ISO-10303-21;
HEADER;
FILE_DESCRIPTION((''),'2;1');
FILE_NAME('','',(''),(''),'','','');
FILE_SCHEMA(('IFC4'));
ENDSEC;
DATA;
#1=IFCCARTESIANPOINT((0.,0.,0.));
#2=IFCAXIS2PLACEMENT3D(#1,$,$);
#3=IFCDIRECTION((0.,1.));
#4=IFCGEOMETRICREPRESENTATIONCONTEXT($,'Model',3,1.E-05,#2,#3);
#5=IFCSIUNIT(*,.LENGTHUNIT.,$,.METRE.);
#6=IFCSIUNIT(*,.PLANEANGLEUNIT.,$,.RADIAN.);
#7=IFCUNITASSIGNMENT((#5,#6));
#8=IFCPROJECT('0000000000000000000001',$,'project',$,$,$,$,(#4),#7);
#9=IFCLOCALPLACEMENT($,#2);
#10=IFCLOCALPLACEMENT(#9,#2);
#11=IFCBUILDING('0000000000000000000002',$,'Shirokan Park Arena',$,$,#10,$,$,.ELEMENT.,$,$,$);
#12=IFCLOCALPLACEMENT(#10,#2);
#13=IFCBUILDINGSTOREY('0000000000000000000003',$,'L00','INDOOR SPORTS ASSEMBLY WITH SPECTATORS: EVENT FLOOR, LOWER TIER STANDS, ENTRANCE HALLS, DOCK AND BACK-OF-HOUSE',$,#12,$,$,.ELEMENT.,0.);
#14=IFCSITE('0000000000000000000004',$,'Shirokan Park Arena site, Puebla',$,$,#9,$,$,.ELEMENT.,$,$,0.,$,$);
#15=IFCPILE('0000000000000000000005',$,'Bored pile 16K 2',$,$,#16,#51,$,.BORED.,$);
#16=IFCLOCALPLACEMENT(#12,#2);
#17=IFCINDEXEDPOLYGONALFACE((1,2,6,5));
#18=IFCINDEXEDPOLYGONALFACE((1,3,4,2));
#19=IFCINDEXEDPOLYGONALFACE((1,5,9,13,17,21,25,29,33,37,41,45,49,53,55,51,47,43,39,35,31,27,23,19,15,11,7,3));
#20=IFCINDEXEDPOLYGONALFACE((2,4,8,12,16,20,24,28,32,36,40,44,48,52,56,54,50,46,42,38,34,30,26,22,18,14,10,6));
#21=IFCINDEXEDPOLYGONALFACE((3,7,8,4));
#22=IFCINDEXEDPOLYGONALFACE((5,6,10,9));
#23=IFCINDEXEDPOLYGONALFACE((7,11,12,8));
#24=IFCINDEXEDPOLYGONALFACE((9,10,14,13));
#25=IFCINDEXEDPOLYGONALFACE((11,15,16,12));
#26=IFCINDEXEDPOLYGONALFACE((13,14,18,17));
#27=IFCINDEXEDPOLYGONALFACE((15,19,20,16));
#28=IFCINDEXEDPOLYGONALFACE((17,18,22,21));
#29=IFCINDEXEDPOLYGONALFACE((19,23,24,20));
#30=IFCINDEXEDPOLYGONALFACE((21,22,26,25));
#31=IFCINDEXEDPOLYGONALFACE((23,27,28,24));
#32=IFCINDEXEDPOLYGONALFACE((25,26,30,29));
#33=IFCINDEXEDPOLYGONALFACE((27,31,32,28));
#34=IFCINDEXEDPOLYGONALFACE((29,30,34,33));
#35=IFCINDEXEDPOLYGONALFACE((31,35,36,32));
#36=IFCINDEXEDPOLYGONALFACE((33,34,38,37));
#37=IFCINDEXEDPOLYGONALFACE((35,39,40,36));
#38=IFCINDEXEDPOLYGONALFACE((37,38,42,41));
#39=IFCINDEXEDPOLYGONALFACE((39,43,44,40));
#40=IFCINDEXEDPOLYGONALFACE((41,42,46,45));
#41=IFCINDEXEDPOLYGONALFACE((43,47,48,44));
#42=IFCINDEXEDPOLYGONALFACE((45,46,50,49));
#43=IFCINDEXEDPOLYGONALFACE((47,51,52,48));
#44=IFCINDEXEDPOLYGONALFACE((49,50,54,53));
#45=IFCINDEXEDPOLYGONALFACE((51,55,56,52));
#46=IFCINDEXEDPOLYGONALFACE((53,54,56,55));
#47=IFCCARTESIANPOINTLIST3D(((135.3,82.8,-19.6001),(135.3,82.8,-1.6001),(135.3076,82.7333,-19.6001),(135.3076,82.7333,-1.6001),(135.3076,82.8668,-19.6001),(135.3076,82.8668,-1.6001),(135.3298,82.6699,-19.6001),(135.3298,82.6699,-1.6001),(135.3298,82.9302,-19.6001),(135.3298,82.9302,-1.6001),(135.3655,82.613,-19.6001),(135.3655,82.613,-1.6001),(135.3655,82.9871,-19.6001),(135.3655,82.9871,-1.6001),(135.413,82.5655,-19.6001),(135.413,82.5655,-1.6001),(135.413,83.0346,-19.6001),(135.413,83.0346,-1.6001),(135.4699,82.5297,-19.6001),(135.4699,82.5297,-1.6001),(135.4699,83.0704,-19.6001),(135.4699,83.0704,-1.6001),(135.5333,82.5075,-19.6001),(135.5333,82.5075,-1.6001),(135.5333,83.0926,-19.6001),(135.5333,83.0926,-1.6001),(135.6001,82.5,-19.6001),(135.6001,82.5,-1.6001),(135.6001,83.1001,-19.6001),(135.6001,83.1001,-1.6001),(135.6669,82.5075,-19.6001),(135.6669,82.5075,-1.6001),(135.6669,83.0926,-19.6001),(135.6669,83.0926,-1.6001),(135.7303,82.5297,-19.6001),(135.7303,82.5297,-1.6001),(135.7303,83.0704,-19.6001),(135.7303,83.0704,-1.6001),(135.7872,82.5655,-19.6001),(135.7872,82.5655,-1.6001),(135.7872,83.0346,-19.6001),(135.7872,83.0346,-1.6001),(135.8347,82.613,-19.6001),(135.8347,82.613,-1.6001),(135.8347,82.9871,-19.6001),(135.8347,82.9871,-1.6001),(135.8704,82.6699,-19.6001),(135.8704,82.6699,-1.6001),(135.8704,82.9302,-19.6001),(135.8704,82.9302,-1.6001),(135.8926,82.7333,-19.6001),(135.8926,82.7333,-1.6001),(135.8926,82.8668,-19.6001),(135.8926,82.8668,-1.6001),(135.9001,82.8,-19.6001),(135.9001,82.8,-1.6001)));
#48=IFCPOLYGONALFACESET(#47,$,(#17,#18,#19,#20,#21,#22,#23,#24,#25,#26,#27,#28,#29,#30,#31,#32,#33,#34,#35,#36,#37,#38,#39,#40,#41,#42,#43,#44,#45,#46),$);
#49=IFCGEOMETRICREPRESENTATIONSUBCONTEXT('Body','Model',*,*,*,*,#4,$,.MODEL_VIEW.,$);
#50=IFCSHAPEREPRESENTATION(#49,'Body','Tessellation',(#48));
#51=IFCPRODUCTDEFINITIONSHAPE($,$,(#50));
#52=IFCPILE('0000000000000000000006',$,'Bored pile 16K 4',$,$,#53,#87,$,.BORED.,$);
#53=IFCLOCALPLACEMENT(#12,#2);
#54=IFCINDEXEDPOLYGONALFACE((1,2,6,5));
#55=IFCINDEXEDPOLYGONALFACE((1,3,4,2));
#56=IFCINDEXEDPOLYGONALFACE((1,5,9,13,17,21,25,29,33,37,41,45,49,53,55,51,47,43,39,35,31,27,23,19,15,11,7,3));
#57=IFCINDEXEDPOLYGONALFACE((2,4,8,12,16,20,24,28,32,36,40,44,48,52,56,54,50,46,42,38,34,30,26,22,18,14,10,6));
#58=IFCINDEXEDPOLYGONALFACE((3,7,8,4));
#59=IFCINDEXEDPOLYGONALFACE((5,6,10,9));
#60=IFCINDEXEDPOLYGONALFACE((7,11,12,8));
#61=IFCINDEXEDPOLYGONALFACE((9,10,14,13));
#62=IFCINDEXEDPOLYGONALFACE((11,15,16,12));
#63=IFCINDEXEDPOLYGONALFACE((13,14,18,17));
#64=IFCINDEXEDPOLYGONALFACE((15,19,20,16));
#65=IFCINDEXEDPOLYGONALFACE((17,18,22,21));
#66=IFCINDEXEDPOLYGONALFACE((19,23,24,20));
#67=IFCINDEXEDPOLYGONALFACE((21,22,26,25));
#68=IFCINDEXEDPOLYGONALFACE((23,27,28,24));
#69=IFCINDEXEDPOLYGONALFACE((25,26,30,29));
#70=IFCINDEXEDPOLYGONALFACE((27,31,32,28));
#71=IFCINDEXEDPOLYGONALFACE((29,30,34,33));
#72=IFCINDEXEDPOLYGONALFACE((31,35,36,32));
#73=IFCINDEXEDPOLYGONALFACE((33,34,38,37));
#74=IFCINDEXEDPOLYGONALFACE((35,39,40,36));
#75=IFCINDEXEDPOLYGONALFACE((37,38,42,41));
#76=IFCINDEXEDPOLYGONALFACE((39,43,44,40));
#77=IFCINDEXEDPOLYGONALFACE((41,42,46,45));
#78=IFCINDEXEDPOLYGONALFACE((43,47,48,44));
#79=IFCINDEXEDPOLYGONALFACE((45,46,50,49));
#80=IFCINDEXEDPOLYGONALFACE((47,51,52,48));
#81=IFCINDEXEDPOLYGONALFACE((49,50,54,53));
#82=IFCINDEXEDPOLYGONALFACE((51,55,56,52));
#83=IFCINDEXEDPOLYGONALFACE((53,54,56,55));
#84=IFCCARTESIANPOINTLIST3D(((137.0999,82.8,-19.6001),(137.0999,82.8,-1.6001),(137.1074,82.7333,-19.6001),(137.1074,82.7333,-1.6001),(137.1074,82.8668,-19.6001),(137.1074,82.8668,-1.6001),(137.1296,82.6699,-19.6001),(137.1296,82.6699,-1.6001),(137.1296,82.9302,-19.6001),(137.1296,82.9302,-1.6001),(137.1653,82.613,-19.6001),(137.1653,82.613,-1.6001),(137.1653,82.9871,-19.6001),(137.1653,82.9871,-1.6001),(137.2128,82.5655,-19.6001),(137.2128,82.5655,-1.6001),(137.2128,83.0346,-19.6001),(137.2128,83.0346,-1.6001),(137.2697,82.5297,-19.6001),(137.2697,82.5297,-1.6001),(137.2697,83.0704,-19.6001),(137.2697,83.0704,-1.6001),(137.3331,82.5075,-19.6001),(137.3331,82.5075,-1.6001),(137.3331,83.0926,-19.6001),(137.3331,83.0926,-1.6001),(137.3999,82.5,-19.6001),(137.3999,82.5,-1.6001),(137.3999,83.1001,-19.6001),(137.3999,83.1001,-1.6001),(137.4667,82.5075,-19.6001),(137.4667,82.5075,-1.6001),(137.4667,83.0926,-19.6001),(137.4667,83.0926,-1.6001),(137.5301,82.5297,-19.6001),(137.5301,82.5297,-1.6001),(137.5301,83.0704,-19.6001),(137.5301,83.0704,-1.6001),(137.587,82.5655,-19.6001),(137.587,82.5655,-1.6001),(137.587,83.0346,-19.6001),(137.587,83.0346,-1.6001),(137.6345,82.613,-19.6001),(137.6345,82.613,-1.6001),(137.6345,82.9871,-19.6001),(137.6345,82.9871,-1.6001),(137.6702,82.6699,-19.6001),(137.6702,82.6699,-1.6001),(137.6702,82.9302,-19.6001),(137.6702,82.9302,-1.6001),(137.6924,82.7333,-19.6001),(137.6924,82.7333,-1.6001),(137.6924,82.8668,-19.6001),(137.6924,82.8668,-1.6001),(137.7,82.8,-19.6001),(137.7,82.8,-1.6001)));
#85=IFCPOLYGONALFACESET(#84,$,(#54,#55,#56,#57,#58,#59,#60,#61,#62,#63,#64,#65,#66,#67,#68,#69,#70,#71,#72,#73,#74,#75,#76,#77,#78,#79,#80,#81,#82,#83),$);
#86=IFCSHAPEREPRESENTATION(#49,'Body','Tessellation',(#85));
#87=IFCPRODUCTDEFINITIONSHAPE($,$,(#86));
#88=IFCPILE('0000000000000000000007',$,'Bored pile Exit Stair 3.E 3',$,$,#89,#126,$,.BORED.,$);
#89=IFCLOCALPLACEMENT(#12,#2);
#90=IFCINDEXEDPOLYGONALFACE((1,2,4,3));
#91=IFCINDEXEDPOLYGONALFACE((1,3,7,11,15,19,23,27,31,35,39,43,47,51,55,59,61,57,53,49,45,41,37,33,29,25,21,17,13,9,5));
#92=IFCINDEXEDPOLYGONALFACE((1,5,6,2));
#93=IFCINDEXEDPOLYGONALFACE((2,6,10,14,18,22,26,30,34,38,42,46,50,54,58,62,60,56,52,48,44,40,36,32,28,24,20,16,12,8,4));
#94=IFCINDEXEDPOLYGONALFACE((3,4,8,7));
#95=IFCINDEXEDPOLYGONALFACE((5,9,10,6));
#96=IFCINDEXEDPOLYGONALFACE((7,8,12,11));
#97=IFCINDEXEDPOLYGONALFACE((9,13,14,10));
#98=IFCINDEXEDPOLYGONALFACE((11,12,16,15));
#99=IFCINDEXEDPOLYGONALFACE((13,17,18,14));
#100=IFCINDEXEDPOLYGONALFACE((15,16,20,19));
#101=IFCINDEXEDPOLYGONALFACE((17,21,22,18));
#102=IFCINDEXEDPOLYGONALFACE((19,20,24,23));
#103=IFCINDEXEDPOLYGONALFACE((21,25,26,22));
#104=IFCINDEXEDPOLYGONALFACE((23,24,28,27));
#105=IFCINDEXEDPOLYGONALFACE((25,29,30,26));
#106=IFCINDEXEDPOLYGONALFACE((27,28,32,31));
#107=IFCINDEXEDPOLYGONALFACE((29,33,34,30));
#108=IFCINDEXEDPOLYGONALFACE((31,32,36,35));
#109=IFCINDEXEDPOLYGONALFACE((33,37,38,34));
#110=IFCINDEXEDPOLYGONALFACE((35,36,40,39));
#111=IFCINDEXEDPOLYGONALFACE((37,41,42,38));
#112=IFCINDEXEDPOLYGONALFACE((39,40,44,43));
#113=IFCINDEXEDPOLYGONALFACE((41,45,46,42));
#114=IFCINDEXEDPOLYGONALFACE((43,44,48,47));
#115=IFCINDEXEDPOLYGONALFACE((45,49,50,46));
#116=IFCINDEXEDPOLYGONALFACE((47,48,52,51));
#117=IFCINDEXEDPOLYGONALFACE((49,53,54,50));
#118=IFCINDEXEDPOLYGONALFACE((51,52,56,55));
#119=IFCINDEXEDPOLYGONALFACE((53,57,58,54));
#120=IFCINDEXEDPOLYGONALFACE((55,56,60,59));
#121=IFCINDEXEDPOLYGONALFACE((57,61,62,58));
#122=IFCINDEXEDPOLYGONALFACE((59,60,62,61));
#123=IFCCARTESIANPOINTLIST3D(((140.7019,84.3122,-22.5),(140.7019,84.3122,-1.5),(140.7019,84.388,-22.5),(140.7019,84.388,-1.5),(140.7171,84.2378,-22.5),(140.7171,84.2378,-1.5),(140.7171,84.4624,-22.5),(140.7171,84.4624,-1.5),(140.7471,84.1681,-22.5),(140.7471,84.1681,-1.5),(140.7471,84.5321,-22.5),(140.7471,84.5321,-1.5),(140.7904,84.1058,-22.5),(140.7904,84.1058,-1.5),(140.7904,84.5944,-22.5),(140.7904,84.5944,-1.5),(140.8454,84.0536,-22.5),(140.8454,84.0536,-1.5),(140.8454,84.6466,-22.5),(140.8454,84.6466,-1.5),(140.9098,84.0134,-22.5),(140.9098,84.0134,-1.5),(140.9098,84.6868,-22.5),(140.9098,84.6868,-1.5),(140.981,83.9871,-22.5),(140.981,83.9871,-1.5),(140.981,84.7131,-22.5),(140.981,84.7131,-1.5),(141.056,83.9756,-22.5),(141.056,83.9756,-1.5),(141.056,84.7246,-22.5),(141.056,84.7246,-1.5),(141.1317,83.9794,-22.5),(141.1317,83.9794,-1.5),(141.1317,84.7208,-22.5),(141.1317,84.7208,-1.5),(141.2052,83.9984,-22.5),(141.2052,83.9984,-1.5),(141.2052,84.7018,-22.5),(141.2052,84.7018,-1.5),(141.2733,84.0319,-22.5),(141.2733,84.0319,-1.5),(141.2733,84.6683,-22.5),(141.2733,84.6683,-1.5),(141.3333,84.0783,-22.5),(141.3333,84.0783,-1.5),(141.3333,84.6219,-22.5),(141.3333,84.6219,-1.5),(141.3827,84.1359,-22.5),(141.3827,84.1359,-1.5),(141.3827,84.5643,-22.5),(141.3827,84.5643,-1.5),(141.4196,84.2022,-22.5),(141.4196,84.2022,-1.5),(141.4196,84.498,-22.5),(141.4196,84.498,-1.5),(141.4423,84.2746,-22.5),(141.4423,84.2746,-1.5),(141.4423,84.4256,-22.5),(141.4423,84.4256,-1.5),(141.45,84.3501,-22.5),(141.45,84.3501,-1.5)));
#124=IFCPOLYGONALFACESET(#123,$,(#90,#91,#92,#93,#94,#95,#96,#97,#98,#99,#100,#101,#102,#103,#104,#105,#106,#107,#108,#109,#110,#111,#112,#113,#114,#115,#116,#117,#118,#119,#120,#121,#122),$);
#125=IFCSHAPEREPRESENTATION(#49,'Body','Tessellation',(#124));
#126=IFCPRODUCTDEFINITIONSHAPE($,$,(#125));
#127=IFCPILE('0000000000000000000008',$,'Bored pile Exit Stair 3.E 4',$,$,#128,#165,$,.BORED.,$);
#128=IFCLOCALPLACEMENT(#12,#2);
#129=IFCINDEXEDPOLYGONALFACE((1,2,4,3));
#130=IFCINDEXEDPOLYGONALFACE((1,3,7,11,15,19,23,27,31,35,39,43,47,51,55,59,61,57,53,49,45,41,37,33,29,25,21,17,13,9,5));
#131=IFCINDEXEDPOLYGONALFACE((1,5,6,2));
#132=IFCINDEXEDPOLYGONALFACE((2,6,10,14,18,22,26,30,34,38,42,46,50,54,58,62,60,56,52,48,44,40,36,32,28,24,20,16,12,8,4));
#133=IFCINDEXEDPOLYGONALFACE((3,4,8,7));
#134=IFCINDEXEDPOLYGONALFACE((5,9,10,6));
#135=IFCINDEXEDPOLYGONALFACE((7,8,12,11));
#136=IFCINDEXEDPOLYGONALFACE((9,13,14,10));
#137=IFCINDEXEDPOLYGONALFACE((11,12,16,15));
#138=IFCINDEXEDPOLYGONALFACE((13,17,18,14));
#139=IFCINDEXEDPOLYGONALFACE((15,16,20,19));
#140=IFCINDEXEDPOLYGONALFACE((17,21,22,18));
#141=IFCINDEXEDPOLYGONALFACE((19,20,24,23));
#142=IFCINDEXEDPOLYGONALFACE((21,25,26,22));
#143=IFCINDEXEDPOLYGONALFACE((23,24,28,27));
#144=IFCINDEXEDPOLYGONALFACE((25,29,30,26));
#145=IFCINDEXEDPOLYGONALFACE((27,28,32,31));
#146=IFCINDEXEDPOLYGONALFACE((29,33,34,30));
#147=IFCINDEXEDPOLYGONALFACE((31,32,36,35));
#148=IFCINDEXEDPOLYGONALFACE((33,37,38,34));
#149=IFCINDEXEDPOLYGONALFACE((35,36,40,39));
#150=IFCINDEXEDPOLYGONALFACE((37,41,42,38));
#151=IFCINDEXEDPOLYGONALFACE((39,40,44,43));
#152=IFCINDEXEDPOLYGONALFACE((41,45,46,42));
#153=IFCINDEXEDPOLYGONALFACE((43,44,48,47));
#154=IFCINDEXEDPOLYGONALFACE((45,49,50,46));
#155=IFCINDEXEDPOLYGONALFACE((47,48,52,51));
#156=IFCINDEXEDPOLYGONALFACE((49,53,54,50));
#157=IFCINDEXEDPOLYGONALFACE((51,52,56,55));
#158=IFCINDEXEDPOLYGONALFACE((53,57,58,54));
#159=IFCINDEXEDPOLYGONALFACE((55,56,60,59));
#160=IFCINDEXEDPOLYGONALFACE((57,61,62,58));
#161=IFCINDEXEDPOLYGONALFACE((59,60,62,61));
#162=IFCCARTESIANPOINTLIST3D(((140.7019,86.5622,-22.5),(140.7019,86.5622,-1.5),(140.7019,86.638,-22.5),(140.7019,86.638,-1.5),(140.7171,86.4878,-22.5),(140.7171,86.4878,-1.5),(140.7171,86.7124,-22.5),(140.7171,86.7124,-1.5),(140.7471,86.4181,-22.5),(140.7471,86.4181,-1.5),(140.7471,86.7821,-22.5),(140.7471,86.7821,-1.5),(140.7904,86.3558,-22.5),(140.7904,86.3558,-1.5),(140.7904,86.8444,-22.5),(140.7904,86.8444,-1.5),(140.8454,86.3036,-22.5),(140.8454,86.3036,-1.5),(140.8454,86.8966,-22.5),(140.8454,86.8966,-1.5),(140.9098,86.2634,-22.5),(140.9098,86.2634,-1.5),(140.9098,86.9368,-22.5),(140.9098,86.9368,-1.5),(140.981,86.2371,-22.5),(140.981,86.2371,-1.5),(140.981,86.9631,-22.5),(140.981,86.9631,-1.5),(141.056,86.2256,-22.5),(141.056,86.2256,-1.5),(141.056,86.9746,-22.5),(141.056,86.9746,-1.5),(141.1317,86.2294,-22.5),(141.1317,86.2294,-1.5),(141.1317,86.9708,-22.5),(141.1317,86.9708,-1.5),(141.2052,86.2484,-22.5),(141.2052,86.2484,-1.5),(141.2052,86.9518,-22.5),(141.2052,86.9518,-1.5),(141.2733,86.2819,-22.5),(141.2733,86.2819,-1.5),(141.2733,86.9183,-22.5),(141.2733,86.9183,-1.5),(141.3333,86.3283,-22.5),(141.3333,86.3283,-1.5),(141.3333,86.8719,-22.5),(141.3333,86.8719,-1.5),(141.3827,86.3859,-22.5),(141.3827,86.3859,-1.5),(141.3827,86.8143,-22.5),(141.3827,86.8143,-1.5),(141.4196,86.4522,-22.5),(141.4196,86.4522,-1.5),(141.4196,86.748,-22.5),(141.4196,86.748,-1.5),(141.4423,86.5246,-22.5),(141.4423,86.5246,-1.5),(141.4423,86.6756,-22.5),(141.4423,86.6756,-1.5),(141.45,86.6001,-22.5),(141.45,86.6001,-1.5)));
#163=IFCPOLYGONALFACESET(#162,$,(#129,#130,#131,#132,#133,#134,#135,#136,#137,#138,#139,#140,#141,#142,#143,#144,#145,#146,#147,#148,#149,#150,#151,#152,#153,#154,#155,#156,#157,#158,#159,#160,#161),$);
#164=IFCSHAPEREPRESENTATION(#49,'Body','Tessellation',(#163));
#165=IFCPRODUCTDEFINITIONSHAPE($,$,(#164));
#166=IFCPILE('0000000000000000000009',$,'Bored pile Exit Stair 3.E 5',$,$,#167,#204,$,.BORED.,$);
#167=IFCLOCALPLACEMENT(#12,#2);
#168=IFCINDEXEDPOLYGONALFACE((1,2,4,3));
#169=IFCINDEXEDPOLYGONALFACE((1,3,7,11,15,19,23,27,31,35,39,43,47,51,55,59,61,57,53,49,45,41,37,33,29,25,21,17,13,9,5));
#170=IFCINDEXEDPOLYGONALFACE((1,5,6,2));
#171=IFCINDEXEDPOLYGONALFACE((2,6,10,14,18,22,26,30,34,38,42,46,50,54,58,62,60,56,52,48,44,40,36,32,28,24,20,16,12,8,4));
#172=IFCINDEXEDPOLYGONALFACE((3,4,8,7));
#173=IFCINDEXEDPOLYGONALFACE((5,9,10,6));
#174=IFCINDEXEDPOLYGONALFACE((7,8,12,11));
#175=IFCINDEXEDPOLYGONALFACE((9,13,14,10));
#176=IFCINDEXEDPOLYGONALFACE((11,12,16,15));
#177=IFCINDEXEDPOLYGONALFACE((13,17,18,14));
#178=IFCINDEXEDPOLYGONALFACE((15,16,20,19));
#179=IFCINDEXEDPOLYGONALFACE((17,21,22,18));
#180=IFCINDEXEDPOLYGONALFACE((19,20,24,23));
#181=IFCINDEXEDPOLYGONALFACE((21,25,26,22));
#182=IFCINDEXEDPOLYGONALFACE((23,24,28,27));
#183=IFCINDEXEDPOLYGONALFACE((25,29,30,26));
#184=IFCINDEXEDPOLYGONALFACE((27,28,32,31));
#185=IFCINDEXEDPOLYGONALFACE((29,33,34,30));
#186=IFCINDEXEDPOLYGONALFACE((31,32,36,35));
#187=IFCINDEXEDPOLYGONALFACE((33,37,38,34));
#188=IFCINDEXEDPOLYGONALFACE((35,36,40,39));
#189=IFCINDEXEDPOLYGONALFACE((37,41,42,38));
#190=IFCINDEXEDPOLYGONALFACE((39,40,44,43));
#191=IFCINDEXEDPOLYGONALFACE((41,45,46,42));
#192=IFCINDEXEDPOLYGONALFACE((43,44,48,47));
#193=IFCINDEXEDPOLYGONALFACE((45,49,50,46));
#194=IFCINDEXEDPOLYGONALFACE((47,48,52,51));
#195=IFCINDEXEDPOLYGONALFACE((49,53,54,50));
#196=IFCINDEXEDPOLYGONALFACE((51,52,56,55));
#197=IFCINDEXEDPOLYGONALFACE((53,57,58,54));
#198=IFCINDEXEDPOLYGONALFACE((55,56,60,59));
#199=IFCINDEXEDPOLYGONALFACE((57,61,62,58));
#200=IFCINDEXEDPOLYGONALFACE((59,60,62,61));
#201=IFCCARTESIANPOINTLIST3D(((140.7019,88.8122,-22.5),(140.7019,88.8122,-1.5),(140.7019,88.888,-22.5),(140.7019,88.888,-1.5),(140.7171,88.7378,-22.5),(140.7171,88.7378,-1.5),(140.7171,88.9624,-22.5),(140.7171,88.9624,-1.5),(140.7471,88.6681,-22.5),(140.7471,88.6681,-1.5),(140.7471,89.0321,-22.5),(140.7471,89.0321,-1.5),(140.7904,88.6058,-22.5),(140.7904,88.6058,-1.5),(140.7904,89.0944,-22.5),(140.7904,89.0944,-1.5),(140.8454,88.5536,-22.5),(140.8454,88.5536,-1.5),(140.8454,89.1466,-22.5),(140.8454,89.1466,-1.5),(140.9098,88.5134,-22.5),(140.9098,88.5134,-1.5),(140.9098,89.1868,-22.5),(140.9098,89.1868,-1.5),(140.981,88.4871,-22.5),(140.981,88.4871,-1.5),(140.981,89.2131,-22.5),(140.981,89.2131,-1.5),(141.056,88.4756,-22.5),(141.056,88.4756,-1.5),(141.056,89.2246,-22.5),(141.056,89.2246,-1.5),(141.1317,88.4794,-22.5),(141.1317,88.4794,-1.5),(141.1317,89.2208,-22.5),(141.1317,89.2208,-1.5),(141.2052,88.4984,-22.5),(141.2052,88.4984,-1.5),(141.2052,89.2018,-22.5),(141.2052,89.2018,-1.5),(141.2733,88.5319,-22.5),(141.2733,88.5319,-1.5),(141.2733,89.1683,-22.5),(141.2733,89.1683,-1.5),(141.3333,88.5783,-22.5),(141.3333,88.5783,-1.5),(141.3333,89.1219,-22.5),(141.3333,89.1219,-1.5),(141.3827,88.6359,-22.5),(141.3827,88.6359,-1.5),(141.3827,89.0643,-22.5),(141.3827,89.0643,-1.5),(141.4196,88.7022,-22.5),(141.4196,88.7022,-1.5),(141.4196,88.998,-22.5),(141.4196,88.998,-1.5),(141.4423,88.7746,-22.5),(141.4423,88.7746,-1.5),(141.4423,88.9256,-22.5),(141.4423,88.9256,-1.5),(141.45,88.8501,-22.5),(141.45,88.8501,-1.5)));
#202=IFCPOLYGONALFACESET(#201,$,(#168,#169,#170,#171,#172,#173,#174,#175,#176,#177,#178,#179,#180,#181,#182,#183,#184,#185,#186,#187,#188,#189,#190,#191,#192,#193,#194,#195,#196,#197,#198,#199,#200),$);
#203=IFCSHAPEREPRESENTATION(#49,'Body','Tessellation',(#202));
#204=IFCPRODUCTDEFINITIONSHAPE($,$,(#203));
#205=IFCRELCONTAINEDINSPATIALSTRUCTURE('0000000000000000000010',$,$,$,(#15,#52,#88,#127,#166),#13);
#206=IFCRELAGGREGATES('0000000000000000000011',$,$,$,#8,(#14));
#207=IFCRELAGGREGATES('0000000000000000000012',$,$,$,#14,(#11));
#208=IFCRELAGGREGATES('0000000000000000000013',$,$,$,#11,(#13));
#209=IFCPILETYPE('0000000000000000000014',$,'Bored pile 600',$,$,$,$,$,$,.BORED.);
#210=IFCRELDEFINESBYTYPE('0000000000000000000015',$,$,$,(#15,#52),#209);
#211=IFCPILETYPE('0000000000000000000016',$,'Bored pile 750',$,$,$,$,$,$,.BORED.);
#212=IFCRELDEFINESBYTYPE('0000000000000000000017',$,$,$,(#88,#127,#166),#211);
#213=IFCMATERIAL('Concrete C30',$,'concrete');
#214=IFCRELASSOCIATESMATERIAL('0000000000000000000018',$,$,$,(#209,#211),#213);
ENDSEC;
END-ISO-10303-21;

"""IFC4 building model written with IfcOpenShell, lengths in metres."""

from ifc_helpers import new_model, si_unit, direction, frame, origin, origin_2d, place, context, subcontext, project, spatial, circle, extrude, material, material_profile, profile_set, type_object, element, save


model = new_model("IFC4")

# Units and contexts
model_context = context("Model", 3, precision=1e-05, world=origin(), true_north=direction((0.0, 1.0)))
body_context = subcontext(model_context, "Body", "Model", "MODEL_VIEW")
ifc_project = project(units=[si_unit("LENGTHUNIT", "METRE"), si_unit("PLANEANGLEUNIT", "RADIAN")], contexts=[model_context])

# Site, building, storey
site_placement = place(None, origin())
site = spatial("IfcSite", under=ifc_project, at=site_placement, Name="Shirokan Park Arena site, Puebla", CompositionType="ELEMENT", RefElevation=0.0)
building_placement = place(site_placement, origin())
building = spatial("IfcBuilding", under=site, at=building_placement, Name="Shirokan Park Arena", CompositionType="ELEMENT")
storey_placement = place(building_placement, origin())
storey = spatial("IfcBuildingStorey", under=building, at=storey_placement, Name="L00", Description="INDOOR SPORTS ASSEMBLY WITH SPECTATORS: EVENT FLOOR, LOWER TIER STANDS, ENTRANCE HALLS, DOCK AND BACK-OF-HOUSE", CompositionType="ELEMENT", Elevation=0.0)

# Piles
ifc_material_1 = material(Name="Concrete C30", Category="concrete")
ifc_material_profile_1 = material_profile(ifc_material_1, circle(Radius=0.3, at=origin_2d()), Name="D600")
ifc_profile_set_1 = profile_set([ifc_material_profile_1], Name="Concrete C30")
pile_type_1 = type_object("IfcPileType", Name="Bored pile 600", PredefinedType="BORED", material=ifc_profile_set_1)
for number, where, z_axis, x_axis, name in (
    (1, (135.6001, 82.8, -1.6001), (0.0, 0.0, -1.0), (1.0, 0.0, 0.0), "Bored pile 16K 2"),
    (2, (137.3999, 82.8, -1.6001), (0.0, 0.0, -1.0), (1.0, 0.0, 0.0), "Bored pile 16K 4"),
):
    element("IfcPile", number, at=place(storey_placement, frame(where, z_axis=z_axis, x_axis=x_axis)), inside=storey, type_object=pile_type_1, Name=name, PredefinedType="BORED", context=body_context, shape_type="SweptSolid", body=[
        extrude(circle(Radius=0.3, at=origin_2d()), origin(), (0.0, 0.0, 1.0), 18.0),
    ])
ifc_material_profile_2 = material_profile(ifc_material_1, circle(Radius=0.375, at=origin_2d()), Name="D750")
ifc_profile_set_2 = profile_set([ifc_material_profile_2], Name="Concrete C30")
pile_type_2 = type_object("IfcPileType", Name="Bored pile 750", PredefinedType="BORED", material=ifc_profile_set_2)
for number, where, z_axis, x_axis, name in (
    (3, (141.075, 84.3501, -1.5), (0.0, 0.0, -1.0), (1.0, 0.0, 0.0), "Bored pile Exit Stair 3.E 3"),
    (4, (141.075, 86.6001, -1.5), (0.0, 0.0, -1.0), (1.0, 0.0, 0.0), "Bored pile Exit Stair 3.E 4"),
    (5, (141.075, 88.8501, -1.5), (0.0, 0.0, -1.0), (1.0, 0.0, 0.0), "Bored pile Exit Stair 3.E 5"),
):
    element("IfcPile", number, at=place(storey_placement, frame(where, z_axis=z_axis, x_axis=x_axis)), inside=storey, type_object=pile_type_2, Name=name, PredefinedType="BORED", context=body_context, shape_type="SweptSolid", body=[
        extrude(circle(Radius=0.375, at=origin_2d()), origin(), (0.0, 0.0, 1.0), 21.0),
    ])

save(model, "model.ifc")
